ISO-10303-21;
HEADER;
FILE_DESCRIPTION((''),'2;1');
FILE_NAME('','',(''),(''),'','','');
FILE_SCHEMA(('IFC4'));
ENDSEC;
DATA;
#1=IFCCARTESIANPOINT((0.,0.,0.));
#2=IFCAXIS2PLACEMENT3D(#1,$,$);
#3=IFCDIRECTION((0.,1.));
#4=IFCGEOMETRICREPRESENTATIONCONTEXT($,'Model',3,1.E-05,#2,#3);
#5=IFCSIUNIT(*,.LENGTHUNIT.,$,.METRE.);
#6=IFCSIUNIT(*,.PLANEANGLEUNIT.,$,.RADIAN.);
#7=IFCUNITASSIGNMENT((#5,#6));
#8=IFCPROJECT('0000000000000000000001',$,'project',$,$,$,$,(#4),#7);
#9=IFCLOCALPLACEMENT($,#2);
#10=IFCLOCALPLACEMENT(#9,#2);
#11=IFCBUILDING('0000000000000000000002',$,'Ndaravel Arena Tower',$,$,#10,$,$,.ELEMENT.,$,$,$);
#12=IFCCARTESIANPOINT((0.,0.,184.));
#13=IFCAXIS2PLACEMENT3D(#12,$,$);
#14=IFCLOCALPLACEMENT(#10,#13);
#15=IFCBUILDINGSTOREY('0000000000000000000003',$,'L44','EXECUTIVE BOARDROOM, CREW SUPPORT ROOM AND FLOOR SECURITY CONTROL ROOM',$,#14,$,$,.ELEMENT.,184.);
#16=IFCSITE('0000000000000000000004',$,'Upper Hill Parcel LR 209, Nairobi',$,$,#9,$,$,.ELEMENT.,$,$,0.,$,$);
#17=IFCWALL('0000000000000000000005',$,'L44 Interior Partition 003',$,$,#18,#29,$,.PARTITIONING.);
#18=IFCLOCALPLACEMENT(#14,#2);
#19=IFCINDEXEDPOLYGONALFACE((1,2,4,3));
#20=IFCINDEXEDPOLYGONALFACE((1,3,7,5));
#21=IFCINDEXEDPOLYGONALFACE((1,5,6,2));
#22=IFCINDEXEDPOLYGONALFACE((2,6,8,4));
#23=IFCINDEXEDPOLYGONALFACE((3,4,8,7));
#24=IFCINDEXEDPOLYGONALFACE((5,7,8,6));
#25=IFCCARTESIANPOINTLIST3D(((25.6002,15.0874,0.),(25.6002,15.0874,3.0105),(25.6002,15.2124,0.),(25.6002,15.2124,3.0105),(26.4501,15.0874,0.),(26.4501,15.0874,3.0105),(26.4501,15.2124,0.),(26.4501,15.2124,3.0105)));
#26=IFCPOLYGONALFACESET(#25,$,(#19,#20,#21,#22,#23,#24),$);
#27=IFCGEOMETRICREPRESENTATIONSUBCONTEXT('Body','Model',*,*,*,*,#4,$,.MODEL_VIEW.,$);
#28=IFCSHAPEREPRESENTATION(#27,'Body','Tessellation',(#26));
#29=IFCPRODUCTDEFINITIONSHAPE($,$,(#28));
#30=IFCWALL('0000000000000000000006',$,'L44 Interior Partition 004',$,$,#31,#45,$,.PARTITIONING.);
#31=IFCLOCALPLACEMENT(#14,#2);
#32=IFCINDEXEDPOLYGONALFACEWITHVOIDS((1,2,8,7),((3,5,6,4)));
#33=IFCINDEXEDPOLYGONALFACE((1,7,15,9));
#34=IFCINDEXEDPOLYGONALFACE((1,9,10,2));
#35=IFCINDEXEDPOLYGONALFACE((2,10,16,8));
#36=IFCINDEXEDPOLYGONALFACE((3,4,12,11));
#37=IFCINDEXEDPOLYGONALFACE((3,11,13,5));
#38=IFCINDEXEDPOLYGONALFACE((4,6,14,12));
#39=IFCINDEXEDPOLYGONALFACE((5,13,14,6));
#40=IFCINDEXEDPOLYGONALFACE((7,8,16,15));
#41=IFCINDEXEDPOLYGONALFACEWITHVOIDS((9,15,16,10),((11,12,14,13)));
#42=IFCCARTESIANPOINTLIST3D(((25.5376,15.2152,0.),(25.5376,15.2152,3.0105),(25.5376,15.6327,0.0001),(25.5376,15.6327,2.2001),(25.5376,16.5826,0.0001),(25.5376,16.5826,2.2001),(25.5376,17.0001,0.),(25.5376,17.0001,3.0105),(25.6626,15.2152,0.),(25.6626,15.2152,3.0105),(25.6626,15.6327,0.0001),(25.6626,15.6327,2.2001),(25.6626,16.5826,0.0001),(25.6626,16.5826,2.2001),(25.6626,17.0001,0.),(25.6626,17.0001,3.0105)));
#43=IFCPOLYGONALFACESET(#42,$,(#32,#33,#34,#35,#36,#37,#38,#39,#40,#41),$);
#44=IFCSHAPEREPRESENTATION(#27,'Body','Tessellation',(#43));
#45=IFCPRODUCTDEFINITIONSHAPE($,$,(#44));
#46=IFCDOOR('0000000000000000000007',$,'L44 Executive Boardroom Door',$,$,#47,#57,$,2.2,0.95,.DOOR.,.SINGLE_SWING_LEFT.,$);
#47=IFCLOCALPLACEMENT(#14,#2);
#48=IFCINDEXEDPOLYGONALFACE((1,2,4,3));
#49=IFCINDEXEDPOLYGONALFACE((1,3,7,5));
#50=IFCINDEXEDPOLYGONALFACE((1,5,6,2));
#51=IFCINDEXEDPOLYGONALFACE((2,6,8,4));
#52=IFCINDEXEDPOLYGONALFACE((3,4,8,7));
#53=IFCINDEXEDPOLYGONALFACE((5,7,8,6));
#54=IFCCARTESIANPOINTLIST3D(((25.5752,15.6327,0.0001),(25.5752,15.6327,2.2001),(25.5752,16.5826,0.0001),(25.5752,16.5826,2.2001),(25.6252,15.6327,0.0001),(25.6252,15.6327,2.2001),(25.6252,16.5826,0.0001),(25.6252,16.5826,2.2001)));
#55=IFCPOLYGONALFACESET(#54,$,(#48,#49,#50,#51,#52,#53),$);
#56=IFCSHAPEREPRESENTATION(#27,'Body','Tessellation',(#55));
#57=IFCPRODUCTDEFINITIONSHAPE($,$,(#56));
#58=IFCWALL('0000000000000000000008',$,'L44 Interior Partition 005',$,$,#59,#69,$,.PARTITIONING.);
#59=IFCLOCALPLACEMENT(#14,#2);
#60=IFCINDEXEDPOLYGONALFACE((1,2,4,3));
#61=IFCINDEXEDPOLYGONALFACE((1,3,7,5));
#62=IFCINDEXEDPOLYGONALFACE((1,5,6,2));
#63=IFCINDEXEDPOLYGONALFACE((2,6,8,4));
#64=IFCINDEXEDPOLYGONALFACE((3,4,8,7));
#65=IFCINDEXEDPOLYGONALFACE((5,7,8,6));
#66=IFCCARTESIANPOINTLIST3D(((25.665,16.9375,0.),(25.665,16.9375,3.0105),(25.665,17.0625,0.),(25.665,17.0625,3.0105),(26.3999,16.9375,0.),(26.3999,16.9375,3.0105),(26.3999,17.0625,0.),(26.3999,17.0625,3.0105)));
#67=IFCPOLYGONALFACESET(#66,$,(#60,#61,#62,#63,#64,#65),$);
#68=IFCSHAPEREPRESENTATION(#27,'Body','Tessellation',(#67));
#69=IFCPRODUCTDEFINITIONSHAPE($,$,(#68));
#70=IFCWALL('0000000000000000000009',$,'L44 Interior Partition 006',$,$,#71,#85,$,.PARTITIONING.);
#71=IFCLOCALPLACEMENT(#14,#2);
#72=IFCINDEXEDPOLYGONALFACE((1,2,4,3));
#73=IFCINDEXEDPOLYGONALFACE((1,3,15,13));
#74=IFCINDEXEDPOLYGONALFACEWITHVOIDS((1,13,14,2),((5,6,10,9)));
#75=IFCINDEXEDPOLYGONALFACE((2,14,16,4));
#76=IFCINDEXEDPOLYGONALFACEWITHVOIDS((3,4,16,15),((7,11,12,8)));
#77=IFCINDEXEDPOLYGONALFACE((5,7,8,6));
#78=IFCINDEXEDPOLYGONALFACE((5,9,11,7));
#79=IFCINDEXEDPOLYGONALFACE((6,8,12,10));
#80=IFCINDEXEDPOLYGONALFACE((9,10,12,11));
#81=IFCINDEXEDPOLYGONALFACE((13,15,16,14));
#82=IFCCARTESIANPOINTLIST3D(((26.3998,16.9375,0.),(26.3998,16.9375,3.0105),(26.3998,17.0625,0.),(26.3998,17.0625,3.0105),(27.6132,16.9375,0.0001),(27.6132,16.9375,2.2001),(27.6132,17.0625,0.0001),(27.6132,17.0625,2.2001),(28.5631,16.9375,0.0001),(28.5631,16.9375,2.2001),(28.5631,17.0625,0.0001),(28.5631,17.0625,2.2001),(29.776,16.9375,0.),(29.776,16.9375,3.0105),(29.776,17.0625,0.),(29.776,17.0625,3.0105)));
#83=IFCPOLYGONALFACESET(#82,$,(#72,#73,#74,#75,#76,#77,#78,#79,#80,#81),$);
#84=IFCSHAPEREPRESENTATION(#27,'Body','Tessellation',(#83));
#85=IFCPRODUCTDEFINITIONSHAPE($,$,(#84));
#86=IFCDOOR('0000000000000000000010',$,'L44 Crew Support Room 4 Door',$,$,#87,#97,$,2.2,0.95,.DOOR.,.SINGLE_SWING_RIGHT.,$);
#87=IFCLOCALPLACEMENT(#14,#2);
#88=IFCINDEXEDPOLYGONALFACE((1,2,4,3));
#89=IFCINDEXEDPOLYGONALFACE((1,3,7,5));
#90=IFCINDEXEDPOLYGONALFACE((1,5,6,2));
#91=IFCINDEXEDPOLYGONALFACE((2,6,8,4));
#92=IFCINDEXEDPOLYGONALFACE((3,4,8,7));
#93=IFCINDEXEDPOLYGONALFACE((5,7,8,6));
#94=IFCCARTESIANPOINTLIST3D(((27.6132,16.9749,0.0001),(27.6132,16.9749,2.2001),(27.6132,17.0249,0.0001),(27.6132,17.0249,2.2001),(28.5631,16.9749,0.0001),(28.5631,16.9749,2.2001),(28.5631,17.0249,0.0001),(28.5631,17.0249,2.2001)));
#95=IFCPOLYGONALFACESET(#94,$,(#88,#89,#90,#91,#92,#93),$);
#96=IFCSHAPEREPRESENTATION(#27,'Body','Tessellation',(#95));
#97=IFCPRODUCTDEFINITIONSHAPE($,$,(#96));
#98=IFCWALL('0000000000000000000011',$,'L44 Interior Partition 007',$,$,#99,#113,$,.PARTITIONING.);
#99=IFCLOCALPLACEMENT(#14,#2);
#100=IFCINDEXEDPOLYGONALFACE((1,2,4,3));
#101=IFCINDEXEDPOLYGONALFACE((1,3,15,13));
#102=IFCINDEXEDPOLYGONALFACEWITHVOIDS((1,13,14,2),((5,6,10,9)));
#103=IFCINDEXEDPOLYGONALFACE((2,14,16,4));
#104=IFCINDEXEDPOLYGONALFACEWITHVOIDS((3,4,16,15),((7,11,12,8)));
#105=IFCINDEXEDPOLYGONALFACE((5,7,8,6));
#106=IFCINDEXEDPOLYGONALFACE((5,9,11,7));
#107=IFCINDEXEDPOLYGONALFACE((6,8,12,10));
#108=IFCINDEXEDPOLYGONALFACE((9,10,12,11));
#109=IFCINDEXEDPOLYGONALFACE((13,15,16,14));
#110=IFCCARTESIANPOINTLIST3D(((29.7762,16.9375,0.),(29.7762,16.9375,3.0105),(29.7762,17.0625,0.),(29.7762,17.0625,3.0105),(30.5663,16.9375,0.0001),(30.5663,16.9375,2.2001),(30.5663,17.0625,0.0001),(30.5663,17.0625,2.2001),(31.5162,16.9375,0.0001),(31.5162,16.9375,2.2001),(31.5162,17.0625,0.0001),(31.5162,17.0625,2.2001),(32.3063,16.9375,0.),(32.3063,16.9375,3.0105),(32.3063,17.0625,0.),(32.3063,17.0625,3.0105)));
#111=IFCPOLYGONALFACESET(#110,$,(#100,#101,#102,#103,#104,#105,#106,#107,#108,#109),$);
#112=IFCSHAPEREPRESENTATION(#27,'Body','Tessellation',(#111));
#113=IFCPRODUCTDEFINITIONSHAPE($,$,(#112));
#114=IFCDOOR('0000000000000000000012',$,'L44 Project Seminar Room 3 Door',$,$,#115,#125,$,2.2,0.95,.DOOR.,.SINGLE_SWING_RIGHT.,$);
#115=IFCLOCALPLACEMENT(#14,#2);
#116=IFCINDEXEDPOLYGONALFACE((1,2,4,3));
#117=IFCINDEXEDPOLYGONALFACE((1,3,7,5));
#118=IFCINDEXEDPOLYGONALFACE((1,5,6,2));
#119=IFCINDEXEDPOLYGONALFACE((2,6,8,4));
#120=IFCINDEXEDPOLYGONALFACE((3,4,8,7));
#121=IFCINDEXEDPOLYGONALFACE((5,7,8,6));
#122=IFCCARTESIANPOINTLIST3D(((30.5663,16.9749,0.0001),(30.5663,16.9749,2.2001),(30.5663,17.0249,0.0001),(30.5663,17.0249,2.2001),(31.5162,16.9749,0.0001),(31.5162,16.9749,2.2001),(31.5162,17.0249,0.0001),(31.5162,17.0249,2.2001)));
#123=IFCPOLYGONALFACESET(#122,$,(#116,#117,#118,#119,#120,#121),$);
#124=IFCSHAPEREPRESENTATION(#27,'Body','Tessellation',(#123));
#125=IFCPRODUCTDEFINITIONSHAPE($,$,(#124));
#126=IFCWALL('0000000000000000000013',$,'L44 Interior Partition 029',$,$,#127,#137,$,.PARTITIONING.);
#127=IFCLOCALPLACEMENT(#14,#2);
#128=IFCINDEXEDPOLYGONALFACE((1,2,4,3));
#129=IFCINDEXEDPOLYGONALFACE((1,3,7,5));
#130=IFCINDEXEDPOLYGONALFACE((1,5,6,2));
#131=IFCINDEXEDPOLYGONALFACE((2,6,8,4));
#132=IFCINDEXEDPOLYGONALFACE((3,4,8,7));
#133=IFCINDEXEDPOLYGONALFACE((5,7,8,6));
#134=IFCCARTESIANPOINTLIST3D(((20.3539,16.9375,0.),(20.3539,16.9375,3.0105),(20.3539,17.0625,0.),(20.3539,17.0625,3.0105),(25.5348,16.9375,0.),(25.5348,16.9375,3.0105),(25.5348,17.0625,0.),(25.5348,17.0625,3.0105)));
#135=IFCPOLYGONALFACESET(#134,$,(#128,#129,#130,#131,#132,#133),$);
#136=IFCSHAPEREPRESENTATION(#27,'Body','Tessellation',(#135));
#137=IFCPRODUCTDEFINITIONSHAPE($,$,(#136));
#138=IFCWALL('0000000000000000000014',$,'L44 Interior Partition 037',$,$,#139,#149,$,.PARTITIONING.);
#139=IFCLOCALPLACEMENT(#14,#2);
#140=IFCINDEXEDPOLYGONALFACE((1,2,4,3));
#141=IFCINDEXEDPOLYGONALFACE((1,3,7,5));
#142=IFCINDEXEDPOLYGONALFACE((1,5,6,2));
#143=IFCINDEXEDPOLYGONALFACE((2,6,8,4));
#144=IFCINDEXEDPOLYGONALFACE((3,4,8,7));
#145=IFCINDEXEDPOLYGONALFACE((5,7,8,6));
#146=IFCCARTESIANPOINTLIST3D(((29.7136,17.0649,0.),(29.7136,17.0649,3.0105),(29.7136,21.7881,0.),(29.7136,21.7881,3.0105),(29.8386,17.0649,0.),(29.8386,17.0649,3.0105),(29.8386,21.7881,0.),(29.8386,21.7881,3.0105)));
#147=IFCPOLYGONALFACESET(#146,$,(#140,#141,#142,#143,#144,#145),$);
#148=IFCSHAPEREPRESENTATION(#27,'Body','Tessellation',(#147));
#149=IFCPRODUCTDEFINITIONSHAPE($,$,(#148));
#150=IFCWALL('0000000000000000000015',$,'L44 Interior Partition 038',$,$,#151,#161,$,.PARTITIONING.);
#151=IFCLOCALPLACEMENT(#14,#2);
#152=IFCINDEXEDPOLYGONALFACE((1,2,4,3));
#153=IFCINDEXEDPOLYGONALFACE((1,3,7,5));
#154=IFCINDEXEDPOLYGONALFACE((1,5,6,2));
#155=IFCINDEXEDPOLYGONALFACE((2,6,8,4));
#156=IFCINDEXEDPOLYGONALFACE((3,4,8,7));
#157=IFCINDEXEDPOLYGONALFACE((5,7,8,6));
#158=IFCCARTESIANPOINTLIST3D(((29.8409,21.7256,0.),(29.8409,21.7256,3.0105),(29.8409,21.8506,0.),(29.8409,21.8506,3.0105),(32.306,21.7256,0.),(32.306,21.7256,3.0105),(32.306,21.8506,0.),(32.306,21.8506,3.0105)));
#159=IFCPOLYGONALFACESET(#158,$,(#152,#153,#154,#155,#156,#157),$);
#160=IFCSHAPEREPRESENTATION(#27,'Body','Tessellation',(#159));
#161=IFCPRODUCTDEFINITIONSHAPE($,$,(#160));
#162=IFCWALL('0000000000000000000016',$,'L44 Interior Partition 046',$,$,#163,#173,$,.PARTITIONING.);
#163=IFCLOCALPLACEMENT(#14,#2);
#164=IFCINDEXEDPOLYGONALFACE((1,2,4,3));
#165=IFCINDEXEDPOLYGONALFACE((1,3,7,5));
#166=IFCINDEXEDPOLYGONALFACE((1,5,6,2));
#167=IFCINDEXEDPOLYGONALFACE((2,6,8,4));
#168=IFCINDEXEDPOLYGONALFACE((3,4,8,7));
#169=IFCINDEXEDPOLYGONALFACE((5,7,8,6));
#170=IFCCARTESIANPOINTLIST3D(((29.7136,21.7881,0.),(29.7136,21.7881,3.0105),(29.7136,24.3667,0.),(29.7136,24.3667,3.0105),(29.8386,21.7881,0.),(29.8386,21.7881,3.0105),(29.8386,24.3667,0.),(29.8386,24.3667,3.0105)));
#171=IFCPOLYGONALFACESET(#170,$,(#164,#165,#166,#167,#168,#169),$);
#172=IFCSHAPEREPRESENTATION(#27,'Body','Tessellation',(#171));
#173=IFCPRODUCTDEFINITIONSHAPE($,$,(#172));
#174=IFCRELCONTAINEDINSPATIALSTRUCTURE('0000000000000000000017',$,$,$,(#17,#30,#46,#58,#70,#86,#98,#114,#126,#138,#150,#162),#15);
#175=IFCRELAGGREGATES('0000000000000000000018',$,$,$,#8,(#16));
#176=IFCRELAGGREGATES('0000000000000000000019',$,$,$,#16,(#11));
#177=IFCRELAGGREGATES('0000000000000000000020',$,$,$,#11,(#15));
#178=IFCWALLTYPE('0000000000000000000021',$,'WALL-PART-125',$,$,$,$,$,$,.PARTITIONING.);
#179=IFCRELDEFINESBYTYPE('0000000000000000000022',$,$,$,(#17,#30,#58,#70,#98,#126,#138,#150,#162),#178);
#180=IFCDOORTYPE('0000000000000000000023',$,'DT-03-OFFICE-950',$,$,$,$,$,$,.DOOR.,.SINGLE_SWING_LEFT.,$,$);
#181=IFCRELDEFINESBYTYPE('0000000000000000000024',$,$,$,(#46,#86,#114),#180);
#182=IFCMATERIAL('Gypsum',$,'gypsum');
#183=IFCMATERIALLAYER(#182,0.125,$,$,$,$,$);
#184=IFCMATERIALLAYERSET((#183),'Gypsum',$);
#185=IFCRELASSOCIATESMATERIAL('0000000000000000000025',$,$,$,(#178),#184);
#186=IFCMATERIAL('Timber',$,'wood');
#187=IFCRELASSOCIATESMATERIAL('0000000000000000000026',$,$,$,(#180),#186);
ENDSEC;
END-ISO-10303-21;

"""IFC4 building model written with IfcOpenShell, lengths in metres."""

from ifc_helpers import new_model, si_unit, direction, frame, frame_2d, origin, place, context, subcontext, project, spatial, rectangle, extrude, material, layer, layer_set, type_object, element, fill, save


model = new_model("IFC4")

# Units and contexts
model_context = context("Model", 3, precision=1e-05, world=origin(), true_north=direction((0.0, 1.0)))
body_context = subcontext(model_context, "Body", "Model", "MODEL_VIEW")
ifc_project = project(units=[si_unit("LENGTHUNIT", "METRE"), si_unit("PLANEANGLEUNIT", "RADIAN")], contexts=[model_context])

# Site, building, storey
site_placement = place(None, origin())
site = spatial("IfcSite", under=ifc_project, at=site_placement, Name="Upper Hill Parcel LR 209, Nairobi", CompositionType="ELEMENT", RefElevation=0.0)
building_placement = place(site_placement, origin())
building = spatial("IfcBuilding", under=site, at=building_placement, Name="Ndaravel Arena Tower", CompositionType="ELEMENT")
storey_placement = place(building_placement, frame((0.0, 0.0, 184.0)))
storey = spatial("IfcBuildingStorey", under=building, at=storey_placement, Name="L44", Description="EXECUTIVE BOARDROOM, CREW SUPPORT ROOM AND FLOOR SECURITY CONTROL ROOM", CompositionType="ELEMENT", Elevation=184.0)

# Wall
ifc_material_1 = material(Name="Gypsum", Category="gypsum")
ifc_layer_1 = layer(ifc_material_1, 0.125)
ifc_layer_set_1 = layer_set([ifc_layer_1], Name="Gypsum")
wall_type_1 = type_object("IfcWallType", Name="WALL-PART-125", PredefinedType="PARTITIONING", material=ifc_layer_set_1)
wall_1_placement = place(storey_placement, frame((26.45, 15.1499, 0.0), z_axis=(0.0, 0.0, 1.0), x_axis=(-1.0, 0.0, 0.0)))
element("IfcWall", 1, at=wall_1_placement, inside=storey, type_object=wall_type_1, Name="L44 Interior Partition 003", PredefinedType="PARTITIONING", context=body_context, shape_type="SweptSolid", body=[
    extrude(rectangle(XDim=0.8499, YDim=0.125, at=frame_2d((0.4248, 0.0))), origin(), (0.0, 0.0, 1.0), 3.0105),
])

# Wall, opening, door
wall_2_placement = place(storey_placement, frame((25.6001, 15.2151, 0.0), z_axis=(0.0, 0.0, 1.0), x_axis=(0.0, 1.0, 0.0)))
wall_2 = element("IfcWall", 2, at=wall_2_placement, inside=storey, type_object=wall_type_1, Name="L44 Interior Partition 004", PredefinedType="PARTITIONING", context=body_context, shape_type="SweptSolid", body=[
    extrude(rectangle(XDim=1.7849, YDim=0.125, at=frame_2d((0.8926, 0.0))), origin(), (0.0, 0.0, 1.0), 3.0105),
])
opening_1_placement = place(wall_2_placement, frame((0.4175, 0.0, 0.0)))
opening_1 = element("IfcOpeningElement", 3, at=opening_1_placement, cuts=wall_2, PredefinedType="OPENING", context=body_context, shape_type="SweptSolid", body=[
    extrude(rectangle(XDim=0.95, YDim=2.2, at=frame_2d((0.4751, 1.1001))), frame((0.0, 0.0625, 0.0), z_axis=(0.0, -1.0, 0.0), x_axis=(1.0, 0.0, 0.0)), (0.0, 0.0, 1.0), 0.125),
])
ifc_material_2 = material(Name="Timber", Category="wood")
door_type_1 = type_object("IfcDoorType", Name="DT-03-OFFICE-950", OperationType="SINGLE_SWING_LEFT", PredefinedType="DOOR", material=ifc_material_2)
door_1_placement = place(opening_1_placement, origin())
door_1 = element("IfcDoor", 4, at=door_1_placement, inside=storey, type_object=door_type_1, Name="L44 Executive Boardroom Door", OperationType="SINGLE_SWING_LEFT", OverallHeight=2.2, OverallWidth=0.95, PredefinedType="DOOR", context=body_context, shape_type="SweptSolid", body=[
    extrude(rectangle(XDim=0.95, YDim=2.2, at=frame_2d((0.4751, 1.1001))), frame((0.0, 0.0249, 0.0), z_axis=(0.0, -1.0, 0.0), x_axis=(1.0, 0.0, 0.0)), (0.0, 0.0, 1.0), 0.05),
])
fill(opening_1, door_1)

# Wall
wall_3_placement = place(storey_placement, frame((25.665, 17.0, 0.0), z_axis=(0.0, 0.0, 1.0), x_axis=(1.0, 0.0, 0.0)))
element("IfcWall", 5, at=wall_3_placement, inside=storey, type_object=wall_type_1, Name="L44 Interior Partition 005", PredefinedType="PARTITIONING", context=body_context, shape_type="SweptSolid", body=[
    extrude(rectangle(XDim=0.7349, YDim=0.125, at=frame_2d((0.3674, 0.0))), origin(), (0.0, 0.0, 1.0), 3.0105),
])

# Walls, openings, doors
wall_4_placement = place(storey_placement, frame((26.3999, 17.0, 0.0), z_axis=(0.0, 0.0, 1.0), x_axis=(1.0, 0.0, 0.0)))
wall_4 = element("IfcWall", 6, at=wall_4_placement, inside=storey, type_object=wall_type_1, Name="L44 Interior Partition 006", PredefinedType="PARTITIONING", context=body_context, shape_type="SweptSolid", body=[
    extrude(rectangle(XDim=3.3762, YDim=0.125, at=frame_2d((1.688, 0.0))), origin(), (0.0, 0.0, 1.0), 3.0105),
])
opening_2_placement = place(wall_4_placement, frame((1.2131, 0.0, 0.0)))
opening_2 = element("IfcOpeningElement", 7, at=opening_2_placement, cuts=wall_4, PredefinedType="OPENING", context=body_context, shape_type="SweptSolid", body=[
    extrude(rectangle(XDim=0.95, YDim=2.2, at=frame_2d((0.4751, 1.1001))), frame((0.0, 0.0625, 0.0), z_axis=(0.0, -1.0, 0.0), x_axis=(1.0, 0.0, 0.0)), (0.0, 0.0, 1.0), 0.125),
])
door_2_placement = place(opening_2_placement, origin())
door_2 = element("IfcDoor", 8, at=door_2_placement, inside=storey, type_object=door_type_1, Name="L44 Crew Support Room 4 Door", OperationType="SINGLE_SWING_RIGHT", OverallHeight=2.2, OverallWidth=0.95, PredefinedType="DOOR", context=body_context, shape_type="SweptSolid", body=[
    extrude(rectangle(XDim=0.95, YDim=2.2, at=frame_2d((0.4751, 1.1001))), frame((0.0, 0.0249, 0.0), z_axis=(0.0, -1.0, 0.0), x_axis=(1.0, 0.0, 0.0)), (0.0, 0.0, 1.0), 0.05),
])
fill(opening_2, door_2)
wall_5_placement = place(storey_placement, frame((29.7761, 17.0, 0.0), z_axis=(0.0, 0.0, 1.0), x_axis=(1.0, 0.0, 0.0)))
wall_5 = element("IfcWall", 9, at=wall_5_placement, inside=storey, type_object=wall_type_1, Name="L44 Interior Partition 007", PredefinedType="PARTITIONING", context=body_context, shape_type="SweptSolid", body=[
    extrude(rectangle(XDim=2.53, YDim=0.125, at=frame_2d((1.2651, 0.0))), origin(), (0.0, 0.0, 1.0), 3.0105),
])
opening_3_placement = place(wall_5_placement, frame((0.79, 0.0, 0.0)))
opening_3 = element("IfcOpeningElement", 10, at=opening_3_placement, cuts=wall_5, PredefinedType="OPENING", context=body_context, shape_type="SweptSolid", body=[
    extrude(rectangle(XDim=0.95, YDim=2.2, at=frame_2d((0.4751, 1.1001))), frame((0.0, 0.0625, 0.0), z_axis=(0.0, -1.0, 0.0), x_axis=(1.0, 0.0, 0.0)), (0.0, 0.0, 1.0), 0.125),
])
door_3_placement = place(opening_3_placement, origin())
door_3 = element("IfcDoor", 11, at=door_3_placement, inside=storey, type_object=door_type_1, Name="L44 Project Seminar Room 3 Door", OperationType="SINGLE_SWING_RIGHT", OverallHeight=2.2, OverallWidth=0.95, PredefinedType="DOOR", context=body_context, shape_type="SweptSolid", body=[
    extrude(rectangle(XDim=0.95, YDim=2.2, at=frame_2d((0.4751, 1.1001))), frame((0.0, 0.0249, 0.0), z_axis=(0.0, -1.0, 0.0), x_axis=(1.0, 0.0, 0.0)), (0.0, 0.0, 1.0), 0.05),
])
fill(opening_3, door_3)

# Walls
wall_6_placement = place(storey_placement, frame((20.354, 17.0, 0.0), z_axis=(0.0, 0.0, 1.0), x_axis=(1.0, 0.0, 0.0)))
element("IfcWall", 12, at=wall_6_placement, inside=storey, type_object=wall_type_1, Name="L44 Interior Partition 029", PredefinedType="PARTITIONING", context=body_context, shape_type="SweptSolid", body=[
    extrude(rectangle(XDim=5.1809, YDim=0.125, at=frame_2d((2.5903, 0.0))), origin(), (0.0, 0.0, 1.0), 3.0105),
])
wall_7_placement = place(storey_placement, frame((29.7761, 17.0649, 0.0), z_axis=(0.0, 0.0, 1.0), x_axis=(0.0, 1.0, 0.0)))
element("IfcWall", 13, at=wall_7_placement, inside=storey, type_object=wall_type_1, Name="L44 Interior Partition 037", PredefinedType="PARTITIONING", context=body_context, shape_type="SweptSolid", body=[
    extrude(rectangle(XDim=4.7231, YDim=0.125, at=frame_2d((2.3616, 0.0))), origin(), (0.0, 0.0, 1.0), 3.0105),
])
wall_8_placement = place(storey_placement, frame((29.8411, 21.7881, 0.0), z_axis=(0.0, 0.0, 1.0), x_axis=(1.0, 0.0, 0.0)))
element("IfcWall", 14, at=wall_8_placement, inside=storey, type_object=wall_type_1, Name="L44 Interior Partition 038", PredefinedType="PARTITIONING", context=body_context, shape_type="SweptSolid", body=[
    extrude(rectangle(XDim=2.4651, YDim=0.125, at=frame_2d((1.2324, 0.0))), origin(), (0.0, 0.0, 1.0), 3.0105),
])
wall_9_placement = place(storey_placement, frame((29.7761, 24.3667, 0.0), z_axis=(0.0, 0.0, 1.0), x_axis=(0.0, -1.0, 0.0)))
element("IfcWall", 15, at=wall_9_placement, inside=storey, type_object=wall_type_1, Name="L44 Interior Partition 046", PredefinedType="PARTITIONING", context=body_context, shape_type="SweptSolid", body=[
    extrude(rectangle(XDim=2.5786, YDim=0.125, at=frame_2d((1.2893, 0.0))), origin(), (0.0, 0.0, 1.0), 3.0105),
])

save(model, "model.ifc")
